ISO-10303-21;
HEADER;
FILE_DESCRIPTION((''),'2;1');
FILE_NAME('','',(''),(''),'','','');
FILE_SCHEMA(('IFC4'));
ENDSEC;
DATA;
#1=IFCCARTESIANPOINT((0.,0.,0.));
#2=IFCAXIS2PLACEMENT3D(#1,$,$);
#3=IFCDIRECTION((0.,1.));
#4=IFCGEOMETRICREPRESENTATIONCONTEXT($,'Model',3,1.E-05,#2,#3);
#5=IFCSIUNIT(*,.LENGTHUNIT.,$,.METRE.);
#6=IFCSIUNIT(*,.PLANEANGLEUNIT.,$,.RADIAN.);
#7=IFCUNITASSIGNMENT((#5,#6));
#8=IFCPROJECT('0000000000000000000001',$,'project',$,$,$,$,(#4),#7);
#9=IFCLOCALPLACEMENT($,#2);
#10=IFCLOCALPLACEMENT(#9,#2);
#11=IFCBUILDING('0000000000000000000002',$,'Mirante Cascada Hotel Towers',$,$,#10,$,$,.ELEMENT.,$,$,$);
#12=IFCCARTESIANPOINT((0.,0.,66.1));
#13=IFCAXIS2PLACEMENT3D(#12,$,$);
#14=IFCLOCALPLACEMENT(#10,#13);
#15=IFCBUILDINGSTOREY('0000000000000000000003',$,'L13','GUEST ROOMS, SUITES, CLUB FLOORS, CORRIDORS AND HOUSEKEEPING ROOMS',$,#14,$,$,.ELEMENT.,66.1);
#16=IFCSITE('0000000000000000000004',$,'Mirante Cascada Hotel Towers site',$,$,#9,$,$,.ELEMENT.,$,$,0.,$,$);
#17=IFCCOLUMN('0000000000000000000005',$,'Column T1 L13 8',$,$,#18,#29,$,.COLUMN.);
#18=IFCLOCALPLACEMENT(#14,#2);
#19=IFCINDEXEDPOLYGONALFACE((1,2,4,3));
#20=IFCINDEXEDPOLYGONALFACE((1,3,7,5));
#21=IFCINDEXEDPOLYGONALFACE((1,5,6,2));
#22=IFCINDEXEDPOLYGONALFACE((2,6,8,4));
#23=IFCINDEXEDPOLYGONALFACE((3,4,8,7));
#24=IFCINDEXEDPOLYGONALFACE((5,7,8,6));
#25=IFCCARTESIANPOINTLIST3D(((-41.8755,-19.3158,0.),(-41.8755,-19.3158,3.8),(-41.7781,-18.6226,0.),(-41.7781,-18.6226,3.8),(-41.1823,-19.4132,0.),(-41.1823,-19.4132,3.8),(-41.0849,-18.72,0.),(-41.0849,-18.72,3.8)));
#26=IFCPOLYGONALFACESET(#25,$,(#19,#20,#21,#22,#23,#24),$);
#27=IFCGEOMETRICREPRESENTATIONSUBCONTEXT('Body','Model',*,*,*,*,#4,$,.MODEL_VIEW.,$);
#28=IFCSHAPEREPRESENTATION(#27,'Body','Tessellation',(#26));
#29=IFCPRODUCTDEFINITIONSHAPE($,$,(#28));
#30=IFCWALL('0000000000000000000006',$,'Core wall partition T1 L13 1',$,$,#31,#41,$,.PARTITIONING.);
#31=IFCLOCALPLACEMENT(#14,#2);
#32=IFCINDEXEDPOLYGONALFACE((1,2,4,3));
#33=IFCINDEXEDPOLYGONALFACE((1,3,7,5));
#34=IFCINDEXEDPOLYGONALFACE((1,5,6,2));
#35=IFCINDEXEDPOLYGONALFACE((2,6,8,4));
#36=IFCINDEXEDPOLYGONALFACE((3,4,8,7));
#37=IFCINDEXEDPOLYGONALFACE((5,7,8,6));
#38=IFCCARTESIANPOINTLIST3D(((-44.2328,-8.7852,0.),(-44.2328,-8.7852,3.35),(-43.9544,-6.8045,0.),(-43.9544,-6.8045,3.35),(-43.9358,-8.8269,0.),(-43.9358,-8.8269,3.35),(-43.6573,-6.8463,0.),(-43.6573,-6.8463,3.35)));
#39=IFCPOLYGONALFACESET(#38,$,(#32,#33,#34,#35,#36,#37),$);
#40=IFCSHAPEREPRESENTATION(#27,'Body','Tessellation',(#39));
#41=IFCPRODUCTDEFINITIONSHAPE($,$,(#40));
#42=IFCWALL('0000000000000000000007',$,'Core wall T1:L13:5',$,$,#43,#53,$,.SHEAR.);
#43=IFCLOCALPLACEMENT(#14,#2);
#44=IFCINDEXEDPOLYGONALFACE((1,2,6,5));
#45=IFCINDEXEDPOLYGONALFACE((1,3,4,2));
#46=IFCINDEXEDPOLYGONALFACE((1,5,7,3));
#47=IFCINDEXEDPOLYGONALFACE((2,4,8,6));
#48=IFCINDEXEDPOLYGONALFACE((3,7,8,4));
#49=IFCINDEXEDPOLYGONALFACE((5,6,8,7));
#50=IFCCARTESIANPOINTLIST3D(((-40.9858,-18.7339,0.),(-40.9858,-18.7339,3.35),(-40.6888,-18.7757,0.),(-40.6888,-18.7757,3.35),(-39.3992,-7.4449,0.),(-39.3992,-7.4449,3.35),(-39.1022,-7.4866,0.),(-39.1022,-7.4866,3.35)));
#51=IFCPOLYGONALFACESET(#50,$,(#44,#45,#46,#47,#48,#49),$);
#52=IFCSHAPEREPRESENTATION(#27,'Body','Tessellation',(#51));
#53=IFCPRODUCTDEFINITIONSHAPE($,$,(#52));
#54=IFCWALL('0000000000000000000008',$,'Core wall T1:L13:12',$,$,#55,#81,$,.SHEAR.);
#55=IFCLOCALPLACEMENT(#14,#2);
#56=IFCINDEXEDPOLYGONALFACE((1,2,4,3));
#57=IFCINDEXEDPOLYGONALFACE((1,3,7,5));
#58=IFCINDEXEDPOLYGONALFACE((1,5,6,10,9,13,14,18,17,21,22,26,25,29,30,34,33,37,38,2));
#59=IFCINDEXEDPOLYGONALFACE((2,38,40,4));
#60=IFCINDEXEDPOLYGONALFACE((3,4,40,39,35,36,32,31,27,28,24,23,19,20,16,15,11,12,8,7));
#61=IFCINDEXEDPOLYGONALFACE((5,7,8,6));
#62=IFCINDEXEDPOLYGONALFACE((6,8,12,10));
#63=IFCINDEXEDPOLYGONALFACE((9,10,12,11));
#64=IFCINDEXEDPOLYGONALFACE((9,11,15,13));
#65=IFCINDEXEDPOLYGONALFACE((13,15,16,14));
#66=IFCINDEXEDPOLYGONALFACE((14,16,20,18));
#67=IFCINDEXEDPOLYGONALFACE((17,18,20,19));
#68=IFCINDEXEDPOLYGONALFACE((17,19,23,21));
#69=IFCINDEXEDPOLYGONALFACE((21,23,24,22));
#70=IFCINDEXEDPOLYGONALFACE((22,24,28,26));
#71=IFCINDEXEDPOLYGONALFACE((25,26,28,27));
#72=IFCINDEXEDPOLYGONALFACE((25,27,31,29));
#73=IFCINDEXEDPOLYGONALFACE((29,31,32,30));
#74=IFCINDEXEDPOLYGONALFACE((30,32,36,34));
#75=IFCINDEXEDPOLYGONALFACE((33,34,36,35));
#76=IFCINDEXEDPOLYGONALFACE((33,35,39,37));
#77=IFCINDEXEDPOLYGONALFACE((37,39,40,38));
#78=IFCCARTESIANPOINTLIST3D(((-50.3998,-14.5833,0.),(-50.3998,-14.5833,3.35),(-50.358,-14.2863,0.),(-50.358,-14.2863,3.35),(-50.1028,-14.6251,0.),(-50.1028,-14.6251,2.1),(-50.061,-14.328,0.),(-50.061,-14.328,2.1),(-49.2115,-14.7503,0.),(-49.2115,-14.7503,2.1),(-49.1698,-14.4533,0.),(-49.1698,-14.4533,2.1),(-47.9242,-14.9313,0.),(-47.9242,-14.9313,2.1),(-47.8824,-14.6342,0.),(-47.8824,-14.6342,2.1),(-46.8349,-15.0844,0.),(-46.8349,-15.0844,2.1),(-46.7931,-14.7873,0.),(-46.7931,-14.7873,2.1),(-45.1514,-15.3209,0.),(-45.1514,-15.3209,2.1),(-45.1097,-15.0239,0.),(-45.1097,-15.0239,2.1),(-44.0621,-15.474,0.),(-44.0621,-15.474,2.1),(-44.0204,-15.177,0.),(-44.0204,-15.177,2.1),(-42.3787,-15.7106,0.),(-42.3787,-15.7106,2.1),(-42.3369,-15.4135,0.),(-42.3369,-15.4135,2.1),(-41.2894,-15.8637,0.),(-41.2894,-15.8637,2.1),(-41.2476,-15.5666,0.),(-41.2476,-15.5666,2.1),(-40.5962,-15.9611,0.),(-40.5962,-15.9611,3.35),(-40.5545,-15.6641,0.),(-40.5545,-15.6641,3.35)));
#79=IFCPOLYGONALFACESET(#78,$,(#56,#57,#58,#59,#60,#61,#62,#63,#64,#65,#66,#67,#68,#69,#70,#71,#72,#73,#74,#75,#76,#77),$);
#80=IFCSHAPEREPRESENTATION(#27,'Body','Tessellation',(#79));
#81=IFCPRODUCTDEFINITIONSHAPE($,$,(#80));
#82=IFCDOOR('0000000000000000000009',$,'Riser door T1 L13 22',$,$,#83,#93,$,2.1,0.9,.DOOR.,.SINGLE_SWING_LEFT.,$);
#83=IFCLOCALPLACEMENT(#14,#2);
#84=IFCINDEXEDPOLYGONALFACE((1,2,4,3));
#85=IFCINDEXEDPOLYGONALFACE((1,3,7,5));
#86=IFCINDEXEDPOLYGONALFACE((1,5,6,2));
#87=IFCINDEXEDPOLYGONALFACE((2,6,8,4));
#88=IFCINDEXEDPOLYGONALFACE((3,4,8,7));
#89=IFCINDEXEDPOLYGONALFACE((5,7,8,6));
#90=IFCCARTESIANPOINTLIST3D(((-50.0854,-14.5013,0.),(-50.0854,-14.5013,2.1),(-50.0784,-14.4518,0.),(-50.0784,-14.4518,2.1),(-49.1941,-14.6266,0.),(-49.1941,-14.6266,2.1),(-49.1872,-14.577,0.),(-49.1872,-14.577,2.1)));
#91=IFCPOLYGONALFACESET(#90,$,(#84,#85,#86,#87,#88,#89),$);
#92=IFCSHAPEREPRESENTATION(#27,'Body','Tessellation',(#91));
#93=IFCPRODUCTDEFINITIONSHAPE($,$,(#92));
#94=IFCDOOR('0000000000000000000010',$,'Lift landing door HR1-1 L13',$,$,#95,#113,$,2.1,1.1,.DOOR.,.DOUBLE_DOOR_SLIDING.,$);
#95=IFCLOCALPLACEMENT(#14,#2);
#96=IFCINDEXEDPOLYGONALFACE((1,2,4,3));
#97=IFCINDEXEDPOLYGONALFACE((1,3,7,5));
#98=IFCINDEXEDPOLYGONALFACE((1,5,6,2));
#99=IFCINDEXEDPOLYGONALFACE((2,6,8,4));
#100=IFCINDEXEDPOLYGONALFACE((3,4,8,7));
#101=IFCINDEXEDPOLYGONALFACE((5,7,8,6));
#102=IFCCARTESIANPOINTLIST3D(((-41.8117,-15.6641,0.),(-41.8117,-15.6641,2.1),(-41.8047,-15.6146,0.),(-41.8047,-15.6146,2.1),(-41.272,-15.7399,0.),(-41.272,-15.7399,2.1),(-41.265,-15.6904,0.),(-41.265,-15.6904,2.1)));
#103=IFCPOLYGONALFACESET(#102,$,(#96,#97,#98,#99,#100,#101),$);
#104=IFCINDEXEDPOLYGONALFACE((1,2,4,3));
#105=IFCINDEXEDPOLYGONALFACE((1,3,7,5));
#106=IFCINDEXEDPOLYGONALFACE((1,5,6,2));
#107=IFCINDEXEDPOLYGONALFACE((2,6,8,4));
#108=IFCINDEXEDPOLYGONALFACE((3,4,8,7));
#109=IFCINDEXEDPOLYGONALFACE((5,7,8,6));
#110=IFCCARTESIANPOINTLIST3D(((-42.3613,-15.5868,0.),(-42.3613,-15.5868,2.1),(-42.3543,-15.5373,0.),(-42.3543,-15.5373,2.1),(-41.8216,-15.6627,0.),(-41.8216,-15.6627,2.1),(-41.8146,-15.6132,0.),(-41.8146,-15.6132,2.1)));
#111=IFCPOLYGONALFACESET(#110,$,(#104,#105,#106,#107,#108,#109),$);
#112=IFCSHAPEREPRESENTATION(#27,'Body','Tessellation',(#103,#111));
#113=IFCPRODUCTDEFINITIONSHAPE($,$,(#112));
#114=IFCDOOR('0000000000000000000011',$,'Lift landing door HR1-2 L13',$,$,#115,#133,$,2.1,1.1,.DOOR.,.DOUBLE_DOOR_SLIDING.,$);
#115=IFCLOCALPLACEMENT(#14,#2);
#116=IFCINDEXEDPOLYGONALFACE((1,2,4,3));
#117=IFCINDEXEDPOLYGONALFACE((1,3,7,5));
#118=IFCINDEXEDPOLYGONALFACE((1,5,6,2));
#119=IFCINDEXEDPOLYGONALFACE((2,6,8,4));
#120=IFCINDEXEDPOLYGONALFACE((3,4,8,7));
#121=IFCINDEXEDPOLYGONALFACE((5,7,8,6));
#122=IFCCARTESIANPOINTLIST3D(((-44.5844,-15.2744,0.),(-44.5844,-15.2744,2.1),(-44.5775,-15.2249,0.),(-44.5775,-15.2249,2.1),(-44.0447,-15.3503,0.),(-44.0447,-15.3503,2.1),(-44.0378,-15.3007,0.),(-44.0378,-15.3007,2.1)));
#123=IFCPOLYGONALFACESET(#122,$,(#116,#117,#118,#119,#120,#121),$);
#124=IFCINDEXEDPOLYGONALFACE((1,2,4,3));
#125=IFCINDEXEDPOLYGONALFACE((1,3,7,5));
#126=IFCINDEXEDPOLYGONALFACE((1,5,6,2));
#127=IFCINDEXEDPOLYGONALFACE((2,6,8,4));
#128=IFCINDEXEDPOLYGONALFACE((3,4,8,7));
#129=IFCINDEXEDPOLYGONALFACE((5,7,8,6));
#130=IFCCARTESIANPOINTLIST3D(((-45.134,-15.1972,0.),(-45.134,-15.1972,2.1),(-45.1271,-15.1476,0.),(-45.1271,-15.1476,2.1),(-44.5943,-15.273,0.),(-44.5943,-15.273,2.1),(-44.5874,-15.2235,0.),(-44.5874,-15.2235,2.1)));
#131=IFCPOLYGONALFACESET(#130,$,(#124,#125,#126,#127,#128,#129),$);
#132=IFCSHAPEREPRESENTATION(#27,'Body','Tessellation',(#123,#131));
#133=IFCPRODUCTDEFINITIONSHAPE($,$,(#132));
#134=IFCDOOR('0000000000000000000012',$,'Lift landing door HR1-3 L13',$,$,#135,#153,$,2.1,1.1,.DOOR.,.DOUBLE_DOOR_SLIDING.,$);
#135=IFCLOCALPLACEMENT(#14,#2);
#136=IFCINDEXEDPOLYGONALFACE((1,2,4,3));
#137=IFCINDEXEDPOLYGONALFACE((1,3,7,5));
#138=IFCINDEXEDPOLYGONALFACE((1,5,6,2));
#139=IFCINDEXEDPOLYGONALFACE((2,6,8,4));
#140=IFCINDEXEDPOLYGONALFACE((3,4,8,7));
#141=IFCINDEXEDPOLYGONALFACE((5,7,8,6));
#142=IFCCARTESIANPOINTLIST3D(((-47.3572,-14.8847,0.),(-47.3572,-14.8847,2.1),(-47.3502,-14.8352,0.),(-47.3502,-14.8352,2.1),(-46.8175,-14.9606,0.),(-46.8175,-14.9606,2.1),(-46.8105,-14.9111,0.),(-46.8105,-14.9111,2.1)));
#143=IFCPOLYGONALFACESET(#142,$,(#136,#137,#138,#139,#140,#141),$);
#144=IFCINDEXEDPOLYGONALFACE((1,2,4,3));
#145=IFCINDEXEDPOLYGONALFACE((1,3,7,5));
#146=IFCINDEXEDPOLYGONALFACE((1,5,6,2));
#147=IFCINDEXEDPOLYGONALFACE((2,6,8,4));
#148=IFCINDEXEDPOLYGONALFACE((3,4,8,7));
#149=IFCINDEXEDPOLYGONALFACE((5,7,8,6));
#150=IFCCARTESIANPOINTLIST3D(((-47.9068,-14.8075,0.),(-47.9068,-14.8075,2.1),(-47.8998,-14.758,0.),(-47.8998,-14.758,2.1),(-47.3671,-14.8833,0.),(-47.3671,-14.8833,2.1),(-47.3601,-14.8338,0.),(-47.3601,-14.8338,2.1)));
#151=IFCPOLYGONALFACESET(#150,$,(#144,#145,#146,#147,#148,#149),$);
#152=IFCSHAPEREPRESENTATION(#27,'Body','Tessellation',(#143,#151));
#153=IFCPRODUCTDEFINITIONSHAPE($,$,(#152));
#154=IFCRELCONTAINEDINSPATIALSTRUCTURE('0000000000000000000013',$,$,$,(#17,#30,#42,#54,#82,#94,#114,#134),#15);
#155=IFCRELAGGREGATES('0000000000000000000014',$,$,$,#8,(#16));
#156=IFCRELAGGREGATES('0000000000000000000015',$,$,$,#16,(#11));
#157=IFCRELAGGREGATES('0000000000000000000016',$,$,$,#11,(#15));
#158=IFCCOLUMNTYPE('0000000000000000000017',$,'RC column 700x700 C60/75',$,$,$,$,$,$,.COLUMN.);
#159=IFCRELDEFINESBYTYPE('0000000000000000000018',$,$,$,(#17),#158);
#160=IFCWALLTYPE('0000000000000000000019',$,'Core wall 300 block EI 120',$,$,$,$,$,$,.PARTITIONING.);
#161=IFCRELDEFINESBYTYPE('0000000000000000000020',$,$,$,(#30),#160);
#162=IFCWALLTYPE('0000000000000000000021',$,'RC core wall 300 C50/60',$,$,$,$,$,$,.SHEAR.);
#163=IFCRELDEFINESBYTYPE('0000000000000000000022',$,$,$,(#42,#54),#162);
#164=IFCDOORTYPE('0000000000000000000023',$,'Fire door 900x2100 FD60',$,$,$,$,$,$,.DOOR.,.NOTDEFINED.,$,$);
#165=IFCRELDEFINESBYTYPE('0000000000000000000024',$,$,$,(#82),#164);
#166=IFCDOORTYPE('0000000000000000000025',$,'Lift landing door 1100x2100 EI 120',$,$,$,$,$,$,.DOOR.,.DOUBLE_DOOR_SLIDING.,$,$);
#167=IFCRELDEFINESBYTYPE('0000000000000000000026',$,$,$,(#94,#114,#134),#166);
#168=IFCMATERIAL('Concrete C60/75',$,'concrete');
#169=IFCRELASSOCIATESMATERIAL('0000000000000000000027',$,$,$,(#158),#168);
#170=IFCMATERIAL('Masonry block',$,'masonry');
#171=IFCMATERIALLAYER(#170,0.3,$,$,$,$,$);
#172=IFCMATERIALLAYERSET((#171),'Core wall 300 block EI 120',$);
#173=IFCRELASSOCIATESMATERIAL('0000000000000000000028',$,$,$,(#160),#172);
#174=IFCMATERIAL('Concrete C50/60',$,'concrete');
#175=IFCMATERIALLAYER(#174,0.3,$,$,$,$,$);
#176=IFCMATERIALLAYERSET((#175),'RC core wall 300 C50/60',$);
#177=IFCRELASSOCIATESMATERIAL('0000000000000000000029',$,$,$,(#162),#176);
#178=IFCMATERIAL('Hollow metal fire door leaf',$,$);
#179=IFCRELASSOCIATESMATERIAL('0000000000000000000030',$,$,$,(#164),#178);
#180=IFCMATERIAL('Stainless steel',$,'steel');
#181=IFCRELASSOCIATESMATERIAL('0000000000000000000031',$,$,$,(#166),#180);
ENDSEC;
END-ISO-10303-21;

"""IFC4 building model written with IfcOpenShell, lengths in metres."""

from ifc_helpers import new_model, si_unit, direction, frame, frame_2d, origin, origin_2d, place, context, subcontext, project, spatial, rectangle, extrude, material, layer, layer_set, material_profile, profile_set, type_object, element, fill, save


model = new_model("IFC4")

# Units and contexts
model_context = context("Model", 3, precision=1e-05, world=origin(), true_north=direction((0.0, 1.0)))
body_context = subcontext(model_context, "Body", "Model", "MODEL_VIEW")
ifc_project = project(units=[si_unit("LENGTHUNIT", "METRE"), si_unit("PLANEANGLEUNIT", "RADIAN")], contexts=[model_context])

# Site, building, storey
site_placement = place(None, origin())
site = spatial("IfcSite", under=ifc_project, at=site_placement, Name="Mirante Cascada Hotel Towers site", CompositionType="ELEMENT", RefElevation=0.0)
building_placement = place(site_placement, origin())
building = spatial("IfcBuilding", under=site, at=building_placement, Name="Mirante Cascada Hotel Towers", CompositionType="ELEMENT")
storey_placement = place(building_placement, frame((0.0, 0.0, 66.1)))
storey = spatial("IfcBuildingStorey", under=building, at=storey_placement, Name="L13", Description="GUEST ROOMS, SUITES, CLUB FLOORS, CORRIDORS AND HOUSEKEEPING ROOMS", CompositionType="ELEMENT", Elevation=66.1)

# Column
ifc_material_1 = material(Name="Concrete C60/75", Category="concrete")
ifc_material_profile = material_profile(ifc_material_1, rectangle(XDim=0.7, YDim=0.7, at=origin_2d()), Name="RC column 700x700 C60/75")
ifc_profile_set = profile_set([ifc_material_profile], Name="Concrete C60/75")
column_type = type_object("IfcColumnType", Name="RC column 700x700 C60/75", PredefinedType="COLUMN", material=ifc_profile_set)
column_placement = place(storey_placement, frame((-41.4802, -19.0179, 0.0), z_axis=(0.0, 0.0, 1.0), x_axis=(-0.990268, 0.139173, 0.0)))
element("IfcColumn", 1, at=column_placement, inside=storey, type_object=column_type, Name="Column T1 L13 8", PredefinedType="COLUMN", context=body_context, shape_type="SweptSolid", body=[
    extrude(rectangle(XDim=0.7, YDim=0.7, at=origin_2d()), origin(), (0.0, 0.0, 1.0), 3.8),
])

# Walls
ifc_material_2 = material(Name="Masonry block", Category="masonry")
ifc_layer_1 = layer(ifc_material_2, 0.3)
ifc_layer_set_1 = layer_set([ifc_layer_1], Name="Core wall 300 block EI 120")
wall_type_1 = type_object("IfcWallType", Name="Core wall 300 block EI 120", PredefinedType="PARTITIONING", material=ifc_layer_set_1)
wall_1_placement = place(storey_placement, frame((-44.0843, -8.8061, 0.0), z_axis=(0.0, 0.0, 1.0), x_axis=(0.139195, 0.990265, 0.0)))
element("IfcWall", 2, at=wall_1_placement, inside=storey, type_object=wall_type_1, Name="Core wall partition T1 L13 1", PredefinedType="PARTITIONING", context=body_context, shape_type="SweptSolid", body=[
    extrude(rectangle(XDim=2.0001, YDim=0.3, at=frame_2d((1.0001, 0.0))), origin(), (0.0, 0.0, 1.0), 3.35),
])
ifc_material_3 = material(Name="Concrete C50/60", Category="concrete")
ifc_layer_2 = layer(ifc_material_3, 0.3)
ifc_layer_set_2 = layer_set([ifc_layer_2], Name="RC core wall 300 C50/60")
wall_type_2 = type_object("IfcWallType", Name="RC core wall 300 C50/60", PredefinedType="SHEAR", material=ifc_layer_set_2)
wall_2_placement = place(storey_placement, frame((-40.8373, -18.7548, 0.0), z_axis=(0.0, 0.0, 1.0), x_axis=(0.139175, 0.990268, 0.0)))
element("IfcWall", 3, at=wall_2_placement, inside=storey, type_object=wall_type_2, Name="Core wall T1:L13:5", PredefinedType="SHEAR", context=body_context, shape_type="SweptSolid", body=[
    extrude(rectangle(XDim=11.4, YDim=0.3, at=frame_2d((5.7, 0.0))), origin(), (0.0, 0.0, 1.0), 3.35),
])

# Wall, openings, doors
wall_3_placement = place(storey_placement, frame((-40.5753, -15.8126, 0.0), z_axis=(0.0, 0.0, 1.0), x_axis=(-0.990268, 0.139173, 0.0)))
wall_3 = element("IfcWall", 4, at=wall_3_placement, inside=storey, type_object=wall_type_2, Name="Core wall T1:L13:12", PredefinedType="SHEAR", context=body_context, shape_type="SweptSolid", body=[
    extrude(rectangle(XDim=9.8999, YDim=0.3, at=frame_2d((4.95, 0.0))), origin(), (0.0, 0.0, 1.0), 3.35),
])
opening_1_placement = place(wall_3_placement, frame((0.7, 0.0, 0.0)))
opening_1 = element("IfcOpeningElement", 5, at=opening_1_placement, cuts=wall_3, PredefinedType="OPENING", context=body_context, shape_type="SweptSolid", body=[
    extrude(rectangle(XDim=1.1, YDim=2.1, at=frame_2d((0.55, 1.05))), frame((0.0, 0.15, 0.0), z_axis=(0.0, -1.0, 0.0), x_axis=(1.0, 0.0, 0.0)), (0.0, 0.0, 1.0), 0.3),
])
opening_2_placement = place(wall_3_placement, frame((3.5, 0.0, 0.0)))
opening_2 = element("IfcOpeningElement", 6, at=opening_2_placement, cuts=wall_3, PredefinedType="OPENING", context=body_context, shape_type="SweptSolid", body=[
    extrude(rectangle(XDim=1.1, YDim=2.1, at=frame_2d((0.55, 1.05))), frame((0.0, 0.15, 0.0), z_axis=(0.0, -1.0, 0.0), x_axis=(1.0, 0.0, 0.0)), (0.0, 0.0, 1.0), 0.3),
])
opening_3_placement = place(wall_3_placement, frame((6.3, 0.0, 0.0)))
opening_3 = element("IfcOpeningElement", 7, at=opening_3_placement, cuts=wall_3, PredefinedType="OPENING", context=body_context, shape_type="SweptSolid", body=[
    extrude(rectangle(XDim=1.1, YDim=2.1, at=frame_2d((0.55, 1.05))), frame((0.0, 0.15, 0.0), z_axis=(0.0, -1.0, 0.0), x_axis=(1.0, 0.0, 0.0)), (0.0, 0.0, 1.0), 0.3),
])
opening_4_placement = place(wall_3_placement, frame((8.7, 0.0, 0.0)))
opening_4 = element("IfcOpeningElement", 8, at=opening_4_placement, cuts=wall_3, PredefinedType="OPENING", context=body_context, shape_type="SweptSolid", body=[
    extrude(rectangle(XDim=0.9, YDim=2.1, at=frame_2d((0.45, 1.05))), frame((0.0, 0.15, 0.0), z_axis=(0.0, -1.0, 0.0), x_axis=(1.0, 0.0, 0.0)), (0.0, 0.0, 1.0), 0.3),
])
ifc_material_4 = material(Name="Hollow metal fire door leaf")
door_type_1 = type_object("IfcDoorType", Name="Fire door 900x2100 FD60", OperationType="NOTDEFINED", PredefinedType="DOOR", material=ifc_material_4)
door_1_placement = place(opening_4_placement, origin())
door_1 = element("IfcDoor", 9, at=door_1_placement, inside=storey, type_object=door_type_1, Name="Riser door T1 L13 22", OperationType="SINGLE_SWING_LEFT", OverallHeight=2.1, OverallWidth=0.9, PredefinedType="DOOR", context=body_context, shape_type="SweptSolid", body=[
    extrude(rectangle(XDim=0.9, YDim=2.1, at=frame_2d((0.45, 1.05))), frame((0.0, 0.025, 0.0), z_axis=(0.0, -1.0, 0.0), x_axis=(1.0, 0.0, 0.0)), (0.0, 0.0, 1.0), 0.05),
])
fill(opening_4, door_1)
ifc_material_5 = material(Name="Stainless steel", Category="steel")
door_type_2 = type_object("IfcDoorType", Name="Lift landing door 1100x2100 EI 120", OperationType="DOUBLE_DOOR_SLIDING", PredefinedType="DOOR", material=ifc_material_5)
door_2_placement = place(opening_1_placement, origin())
door_2 = element("IfcDoor", 10, at=door_2_placement, inside=storey, type_object=door_type_2, Name="Lift landing door HR1-1 L13", OperationType="DOUBLE_DOOR_SLIDING", OverallHeight=2.1, OverallWidth=1.1, PredefinedType="DOOR", context=body_context, shape_type="SweptSolid", body=[
    extrude(rectangle(XDim=0.545, YDim=2.1, at=frame_2d((0.2725, 1.05))), frame((0.0, 0.025, 0.0), z_axis=(0.0, -1.0, 0.0), x_axis=(1.0, 0.0, 0.0)), (0.0, 0.0, 1.0), 0.05),
    extrude(rectangle(XDim=0.545, YDim=2.1, at=frame_2d((0.8275, 1.05))), frame((0.0, 0.025, 0.0), z_axis=(0.0, -1.0, 0.0), x_axis=(1.0, 0.0, 0.0)), (0.0, 0.0, 1.0), 0.05),
])
fill(opening_1, door_2)
door_3_placement = place(opening_2_placement, origin())
door_3 = element("IfcDoor", 11, at=door_3_placement, inside=storey, type_object=door_type_2, Name="Lift landing door HR1-2 L13", OperationType="DOUBLE_DOOR_SLIDING", OverallHeight=2.1, OverallWidth=1.1, PredefinedType="DOOR", context=body_context, shape_type="SweptSolid", body=[
    extrude(rectangle(XDim=0.545, YDim=2.1, at=frame_2d((0.2725, 1.05))), frame((0.0, 0.025, 0.0), z_axis=(0.0, -1.0, 0.0), x_axis=(1.0, 0.0, 0.0)), (0.0, 0.0, 1.0), 0.05),
    extrude(rectangle(XDim=0.545, YDim=2.1, at=frame_2d((0.8275, 1.05))), frame((0.0, 0.025, 0.0), z_axis=(0.0, -1.0, 0.0), x_axis=(1.0, 0.0, 0.0)), (0.0, 0.0, 1.0), 0.05),
])
fill(opening_2, door_3)
door_4_placement = place(opening_3_placement, origin())
door_4 = element("IfcDoor", 12, at=door_4_placement, inside=storey, type_object=door_type_2, Name="Lift landing door HR1-3 L13", OperationType="DOUBLE_DOOR_SLIDING", OverallHeight=2.1, OverallWidth=1.1, PredefinedType="DOOR", context=body_context, shape_type="SweptSolid", body=[
    extrude(rectangle(XDim=0.545, YDim=2.1, at=frame_2d((0.2725, 1.05))), frame((0.0, 0.025, 0.0), z_axis=(0.0, -1.0, 0.0), x_axis=(1.0, 0.0, 0.0)), (0.0, 0.0, 1.0), 0.05),
    extrude(rectangle(XDim=0.545, YDim=2.1, at=frame_2d((0.8275, 1.05))), frame((0.0, 0.025, 0.0), z_axis=(0.0, -1.0, 0.0), x_axis=(1.0, 0.0, 0.0)), (0.0, 0.0, 1.0), 0.05),
])
fill(opening_3, door_4)

save(model, "model.ifc")
